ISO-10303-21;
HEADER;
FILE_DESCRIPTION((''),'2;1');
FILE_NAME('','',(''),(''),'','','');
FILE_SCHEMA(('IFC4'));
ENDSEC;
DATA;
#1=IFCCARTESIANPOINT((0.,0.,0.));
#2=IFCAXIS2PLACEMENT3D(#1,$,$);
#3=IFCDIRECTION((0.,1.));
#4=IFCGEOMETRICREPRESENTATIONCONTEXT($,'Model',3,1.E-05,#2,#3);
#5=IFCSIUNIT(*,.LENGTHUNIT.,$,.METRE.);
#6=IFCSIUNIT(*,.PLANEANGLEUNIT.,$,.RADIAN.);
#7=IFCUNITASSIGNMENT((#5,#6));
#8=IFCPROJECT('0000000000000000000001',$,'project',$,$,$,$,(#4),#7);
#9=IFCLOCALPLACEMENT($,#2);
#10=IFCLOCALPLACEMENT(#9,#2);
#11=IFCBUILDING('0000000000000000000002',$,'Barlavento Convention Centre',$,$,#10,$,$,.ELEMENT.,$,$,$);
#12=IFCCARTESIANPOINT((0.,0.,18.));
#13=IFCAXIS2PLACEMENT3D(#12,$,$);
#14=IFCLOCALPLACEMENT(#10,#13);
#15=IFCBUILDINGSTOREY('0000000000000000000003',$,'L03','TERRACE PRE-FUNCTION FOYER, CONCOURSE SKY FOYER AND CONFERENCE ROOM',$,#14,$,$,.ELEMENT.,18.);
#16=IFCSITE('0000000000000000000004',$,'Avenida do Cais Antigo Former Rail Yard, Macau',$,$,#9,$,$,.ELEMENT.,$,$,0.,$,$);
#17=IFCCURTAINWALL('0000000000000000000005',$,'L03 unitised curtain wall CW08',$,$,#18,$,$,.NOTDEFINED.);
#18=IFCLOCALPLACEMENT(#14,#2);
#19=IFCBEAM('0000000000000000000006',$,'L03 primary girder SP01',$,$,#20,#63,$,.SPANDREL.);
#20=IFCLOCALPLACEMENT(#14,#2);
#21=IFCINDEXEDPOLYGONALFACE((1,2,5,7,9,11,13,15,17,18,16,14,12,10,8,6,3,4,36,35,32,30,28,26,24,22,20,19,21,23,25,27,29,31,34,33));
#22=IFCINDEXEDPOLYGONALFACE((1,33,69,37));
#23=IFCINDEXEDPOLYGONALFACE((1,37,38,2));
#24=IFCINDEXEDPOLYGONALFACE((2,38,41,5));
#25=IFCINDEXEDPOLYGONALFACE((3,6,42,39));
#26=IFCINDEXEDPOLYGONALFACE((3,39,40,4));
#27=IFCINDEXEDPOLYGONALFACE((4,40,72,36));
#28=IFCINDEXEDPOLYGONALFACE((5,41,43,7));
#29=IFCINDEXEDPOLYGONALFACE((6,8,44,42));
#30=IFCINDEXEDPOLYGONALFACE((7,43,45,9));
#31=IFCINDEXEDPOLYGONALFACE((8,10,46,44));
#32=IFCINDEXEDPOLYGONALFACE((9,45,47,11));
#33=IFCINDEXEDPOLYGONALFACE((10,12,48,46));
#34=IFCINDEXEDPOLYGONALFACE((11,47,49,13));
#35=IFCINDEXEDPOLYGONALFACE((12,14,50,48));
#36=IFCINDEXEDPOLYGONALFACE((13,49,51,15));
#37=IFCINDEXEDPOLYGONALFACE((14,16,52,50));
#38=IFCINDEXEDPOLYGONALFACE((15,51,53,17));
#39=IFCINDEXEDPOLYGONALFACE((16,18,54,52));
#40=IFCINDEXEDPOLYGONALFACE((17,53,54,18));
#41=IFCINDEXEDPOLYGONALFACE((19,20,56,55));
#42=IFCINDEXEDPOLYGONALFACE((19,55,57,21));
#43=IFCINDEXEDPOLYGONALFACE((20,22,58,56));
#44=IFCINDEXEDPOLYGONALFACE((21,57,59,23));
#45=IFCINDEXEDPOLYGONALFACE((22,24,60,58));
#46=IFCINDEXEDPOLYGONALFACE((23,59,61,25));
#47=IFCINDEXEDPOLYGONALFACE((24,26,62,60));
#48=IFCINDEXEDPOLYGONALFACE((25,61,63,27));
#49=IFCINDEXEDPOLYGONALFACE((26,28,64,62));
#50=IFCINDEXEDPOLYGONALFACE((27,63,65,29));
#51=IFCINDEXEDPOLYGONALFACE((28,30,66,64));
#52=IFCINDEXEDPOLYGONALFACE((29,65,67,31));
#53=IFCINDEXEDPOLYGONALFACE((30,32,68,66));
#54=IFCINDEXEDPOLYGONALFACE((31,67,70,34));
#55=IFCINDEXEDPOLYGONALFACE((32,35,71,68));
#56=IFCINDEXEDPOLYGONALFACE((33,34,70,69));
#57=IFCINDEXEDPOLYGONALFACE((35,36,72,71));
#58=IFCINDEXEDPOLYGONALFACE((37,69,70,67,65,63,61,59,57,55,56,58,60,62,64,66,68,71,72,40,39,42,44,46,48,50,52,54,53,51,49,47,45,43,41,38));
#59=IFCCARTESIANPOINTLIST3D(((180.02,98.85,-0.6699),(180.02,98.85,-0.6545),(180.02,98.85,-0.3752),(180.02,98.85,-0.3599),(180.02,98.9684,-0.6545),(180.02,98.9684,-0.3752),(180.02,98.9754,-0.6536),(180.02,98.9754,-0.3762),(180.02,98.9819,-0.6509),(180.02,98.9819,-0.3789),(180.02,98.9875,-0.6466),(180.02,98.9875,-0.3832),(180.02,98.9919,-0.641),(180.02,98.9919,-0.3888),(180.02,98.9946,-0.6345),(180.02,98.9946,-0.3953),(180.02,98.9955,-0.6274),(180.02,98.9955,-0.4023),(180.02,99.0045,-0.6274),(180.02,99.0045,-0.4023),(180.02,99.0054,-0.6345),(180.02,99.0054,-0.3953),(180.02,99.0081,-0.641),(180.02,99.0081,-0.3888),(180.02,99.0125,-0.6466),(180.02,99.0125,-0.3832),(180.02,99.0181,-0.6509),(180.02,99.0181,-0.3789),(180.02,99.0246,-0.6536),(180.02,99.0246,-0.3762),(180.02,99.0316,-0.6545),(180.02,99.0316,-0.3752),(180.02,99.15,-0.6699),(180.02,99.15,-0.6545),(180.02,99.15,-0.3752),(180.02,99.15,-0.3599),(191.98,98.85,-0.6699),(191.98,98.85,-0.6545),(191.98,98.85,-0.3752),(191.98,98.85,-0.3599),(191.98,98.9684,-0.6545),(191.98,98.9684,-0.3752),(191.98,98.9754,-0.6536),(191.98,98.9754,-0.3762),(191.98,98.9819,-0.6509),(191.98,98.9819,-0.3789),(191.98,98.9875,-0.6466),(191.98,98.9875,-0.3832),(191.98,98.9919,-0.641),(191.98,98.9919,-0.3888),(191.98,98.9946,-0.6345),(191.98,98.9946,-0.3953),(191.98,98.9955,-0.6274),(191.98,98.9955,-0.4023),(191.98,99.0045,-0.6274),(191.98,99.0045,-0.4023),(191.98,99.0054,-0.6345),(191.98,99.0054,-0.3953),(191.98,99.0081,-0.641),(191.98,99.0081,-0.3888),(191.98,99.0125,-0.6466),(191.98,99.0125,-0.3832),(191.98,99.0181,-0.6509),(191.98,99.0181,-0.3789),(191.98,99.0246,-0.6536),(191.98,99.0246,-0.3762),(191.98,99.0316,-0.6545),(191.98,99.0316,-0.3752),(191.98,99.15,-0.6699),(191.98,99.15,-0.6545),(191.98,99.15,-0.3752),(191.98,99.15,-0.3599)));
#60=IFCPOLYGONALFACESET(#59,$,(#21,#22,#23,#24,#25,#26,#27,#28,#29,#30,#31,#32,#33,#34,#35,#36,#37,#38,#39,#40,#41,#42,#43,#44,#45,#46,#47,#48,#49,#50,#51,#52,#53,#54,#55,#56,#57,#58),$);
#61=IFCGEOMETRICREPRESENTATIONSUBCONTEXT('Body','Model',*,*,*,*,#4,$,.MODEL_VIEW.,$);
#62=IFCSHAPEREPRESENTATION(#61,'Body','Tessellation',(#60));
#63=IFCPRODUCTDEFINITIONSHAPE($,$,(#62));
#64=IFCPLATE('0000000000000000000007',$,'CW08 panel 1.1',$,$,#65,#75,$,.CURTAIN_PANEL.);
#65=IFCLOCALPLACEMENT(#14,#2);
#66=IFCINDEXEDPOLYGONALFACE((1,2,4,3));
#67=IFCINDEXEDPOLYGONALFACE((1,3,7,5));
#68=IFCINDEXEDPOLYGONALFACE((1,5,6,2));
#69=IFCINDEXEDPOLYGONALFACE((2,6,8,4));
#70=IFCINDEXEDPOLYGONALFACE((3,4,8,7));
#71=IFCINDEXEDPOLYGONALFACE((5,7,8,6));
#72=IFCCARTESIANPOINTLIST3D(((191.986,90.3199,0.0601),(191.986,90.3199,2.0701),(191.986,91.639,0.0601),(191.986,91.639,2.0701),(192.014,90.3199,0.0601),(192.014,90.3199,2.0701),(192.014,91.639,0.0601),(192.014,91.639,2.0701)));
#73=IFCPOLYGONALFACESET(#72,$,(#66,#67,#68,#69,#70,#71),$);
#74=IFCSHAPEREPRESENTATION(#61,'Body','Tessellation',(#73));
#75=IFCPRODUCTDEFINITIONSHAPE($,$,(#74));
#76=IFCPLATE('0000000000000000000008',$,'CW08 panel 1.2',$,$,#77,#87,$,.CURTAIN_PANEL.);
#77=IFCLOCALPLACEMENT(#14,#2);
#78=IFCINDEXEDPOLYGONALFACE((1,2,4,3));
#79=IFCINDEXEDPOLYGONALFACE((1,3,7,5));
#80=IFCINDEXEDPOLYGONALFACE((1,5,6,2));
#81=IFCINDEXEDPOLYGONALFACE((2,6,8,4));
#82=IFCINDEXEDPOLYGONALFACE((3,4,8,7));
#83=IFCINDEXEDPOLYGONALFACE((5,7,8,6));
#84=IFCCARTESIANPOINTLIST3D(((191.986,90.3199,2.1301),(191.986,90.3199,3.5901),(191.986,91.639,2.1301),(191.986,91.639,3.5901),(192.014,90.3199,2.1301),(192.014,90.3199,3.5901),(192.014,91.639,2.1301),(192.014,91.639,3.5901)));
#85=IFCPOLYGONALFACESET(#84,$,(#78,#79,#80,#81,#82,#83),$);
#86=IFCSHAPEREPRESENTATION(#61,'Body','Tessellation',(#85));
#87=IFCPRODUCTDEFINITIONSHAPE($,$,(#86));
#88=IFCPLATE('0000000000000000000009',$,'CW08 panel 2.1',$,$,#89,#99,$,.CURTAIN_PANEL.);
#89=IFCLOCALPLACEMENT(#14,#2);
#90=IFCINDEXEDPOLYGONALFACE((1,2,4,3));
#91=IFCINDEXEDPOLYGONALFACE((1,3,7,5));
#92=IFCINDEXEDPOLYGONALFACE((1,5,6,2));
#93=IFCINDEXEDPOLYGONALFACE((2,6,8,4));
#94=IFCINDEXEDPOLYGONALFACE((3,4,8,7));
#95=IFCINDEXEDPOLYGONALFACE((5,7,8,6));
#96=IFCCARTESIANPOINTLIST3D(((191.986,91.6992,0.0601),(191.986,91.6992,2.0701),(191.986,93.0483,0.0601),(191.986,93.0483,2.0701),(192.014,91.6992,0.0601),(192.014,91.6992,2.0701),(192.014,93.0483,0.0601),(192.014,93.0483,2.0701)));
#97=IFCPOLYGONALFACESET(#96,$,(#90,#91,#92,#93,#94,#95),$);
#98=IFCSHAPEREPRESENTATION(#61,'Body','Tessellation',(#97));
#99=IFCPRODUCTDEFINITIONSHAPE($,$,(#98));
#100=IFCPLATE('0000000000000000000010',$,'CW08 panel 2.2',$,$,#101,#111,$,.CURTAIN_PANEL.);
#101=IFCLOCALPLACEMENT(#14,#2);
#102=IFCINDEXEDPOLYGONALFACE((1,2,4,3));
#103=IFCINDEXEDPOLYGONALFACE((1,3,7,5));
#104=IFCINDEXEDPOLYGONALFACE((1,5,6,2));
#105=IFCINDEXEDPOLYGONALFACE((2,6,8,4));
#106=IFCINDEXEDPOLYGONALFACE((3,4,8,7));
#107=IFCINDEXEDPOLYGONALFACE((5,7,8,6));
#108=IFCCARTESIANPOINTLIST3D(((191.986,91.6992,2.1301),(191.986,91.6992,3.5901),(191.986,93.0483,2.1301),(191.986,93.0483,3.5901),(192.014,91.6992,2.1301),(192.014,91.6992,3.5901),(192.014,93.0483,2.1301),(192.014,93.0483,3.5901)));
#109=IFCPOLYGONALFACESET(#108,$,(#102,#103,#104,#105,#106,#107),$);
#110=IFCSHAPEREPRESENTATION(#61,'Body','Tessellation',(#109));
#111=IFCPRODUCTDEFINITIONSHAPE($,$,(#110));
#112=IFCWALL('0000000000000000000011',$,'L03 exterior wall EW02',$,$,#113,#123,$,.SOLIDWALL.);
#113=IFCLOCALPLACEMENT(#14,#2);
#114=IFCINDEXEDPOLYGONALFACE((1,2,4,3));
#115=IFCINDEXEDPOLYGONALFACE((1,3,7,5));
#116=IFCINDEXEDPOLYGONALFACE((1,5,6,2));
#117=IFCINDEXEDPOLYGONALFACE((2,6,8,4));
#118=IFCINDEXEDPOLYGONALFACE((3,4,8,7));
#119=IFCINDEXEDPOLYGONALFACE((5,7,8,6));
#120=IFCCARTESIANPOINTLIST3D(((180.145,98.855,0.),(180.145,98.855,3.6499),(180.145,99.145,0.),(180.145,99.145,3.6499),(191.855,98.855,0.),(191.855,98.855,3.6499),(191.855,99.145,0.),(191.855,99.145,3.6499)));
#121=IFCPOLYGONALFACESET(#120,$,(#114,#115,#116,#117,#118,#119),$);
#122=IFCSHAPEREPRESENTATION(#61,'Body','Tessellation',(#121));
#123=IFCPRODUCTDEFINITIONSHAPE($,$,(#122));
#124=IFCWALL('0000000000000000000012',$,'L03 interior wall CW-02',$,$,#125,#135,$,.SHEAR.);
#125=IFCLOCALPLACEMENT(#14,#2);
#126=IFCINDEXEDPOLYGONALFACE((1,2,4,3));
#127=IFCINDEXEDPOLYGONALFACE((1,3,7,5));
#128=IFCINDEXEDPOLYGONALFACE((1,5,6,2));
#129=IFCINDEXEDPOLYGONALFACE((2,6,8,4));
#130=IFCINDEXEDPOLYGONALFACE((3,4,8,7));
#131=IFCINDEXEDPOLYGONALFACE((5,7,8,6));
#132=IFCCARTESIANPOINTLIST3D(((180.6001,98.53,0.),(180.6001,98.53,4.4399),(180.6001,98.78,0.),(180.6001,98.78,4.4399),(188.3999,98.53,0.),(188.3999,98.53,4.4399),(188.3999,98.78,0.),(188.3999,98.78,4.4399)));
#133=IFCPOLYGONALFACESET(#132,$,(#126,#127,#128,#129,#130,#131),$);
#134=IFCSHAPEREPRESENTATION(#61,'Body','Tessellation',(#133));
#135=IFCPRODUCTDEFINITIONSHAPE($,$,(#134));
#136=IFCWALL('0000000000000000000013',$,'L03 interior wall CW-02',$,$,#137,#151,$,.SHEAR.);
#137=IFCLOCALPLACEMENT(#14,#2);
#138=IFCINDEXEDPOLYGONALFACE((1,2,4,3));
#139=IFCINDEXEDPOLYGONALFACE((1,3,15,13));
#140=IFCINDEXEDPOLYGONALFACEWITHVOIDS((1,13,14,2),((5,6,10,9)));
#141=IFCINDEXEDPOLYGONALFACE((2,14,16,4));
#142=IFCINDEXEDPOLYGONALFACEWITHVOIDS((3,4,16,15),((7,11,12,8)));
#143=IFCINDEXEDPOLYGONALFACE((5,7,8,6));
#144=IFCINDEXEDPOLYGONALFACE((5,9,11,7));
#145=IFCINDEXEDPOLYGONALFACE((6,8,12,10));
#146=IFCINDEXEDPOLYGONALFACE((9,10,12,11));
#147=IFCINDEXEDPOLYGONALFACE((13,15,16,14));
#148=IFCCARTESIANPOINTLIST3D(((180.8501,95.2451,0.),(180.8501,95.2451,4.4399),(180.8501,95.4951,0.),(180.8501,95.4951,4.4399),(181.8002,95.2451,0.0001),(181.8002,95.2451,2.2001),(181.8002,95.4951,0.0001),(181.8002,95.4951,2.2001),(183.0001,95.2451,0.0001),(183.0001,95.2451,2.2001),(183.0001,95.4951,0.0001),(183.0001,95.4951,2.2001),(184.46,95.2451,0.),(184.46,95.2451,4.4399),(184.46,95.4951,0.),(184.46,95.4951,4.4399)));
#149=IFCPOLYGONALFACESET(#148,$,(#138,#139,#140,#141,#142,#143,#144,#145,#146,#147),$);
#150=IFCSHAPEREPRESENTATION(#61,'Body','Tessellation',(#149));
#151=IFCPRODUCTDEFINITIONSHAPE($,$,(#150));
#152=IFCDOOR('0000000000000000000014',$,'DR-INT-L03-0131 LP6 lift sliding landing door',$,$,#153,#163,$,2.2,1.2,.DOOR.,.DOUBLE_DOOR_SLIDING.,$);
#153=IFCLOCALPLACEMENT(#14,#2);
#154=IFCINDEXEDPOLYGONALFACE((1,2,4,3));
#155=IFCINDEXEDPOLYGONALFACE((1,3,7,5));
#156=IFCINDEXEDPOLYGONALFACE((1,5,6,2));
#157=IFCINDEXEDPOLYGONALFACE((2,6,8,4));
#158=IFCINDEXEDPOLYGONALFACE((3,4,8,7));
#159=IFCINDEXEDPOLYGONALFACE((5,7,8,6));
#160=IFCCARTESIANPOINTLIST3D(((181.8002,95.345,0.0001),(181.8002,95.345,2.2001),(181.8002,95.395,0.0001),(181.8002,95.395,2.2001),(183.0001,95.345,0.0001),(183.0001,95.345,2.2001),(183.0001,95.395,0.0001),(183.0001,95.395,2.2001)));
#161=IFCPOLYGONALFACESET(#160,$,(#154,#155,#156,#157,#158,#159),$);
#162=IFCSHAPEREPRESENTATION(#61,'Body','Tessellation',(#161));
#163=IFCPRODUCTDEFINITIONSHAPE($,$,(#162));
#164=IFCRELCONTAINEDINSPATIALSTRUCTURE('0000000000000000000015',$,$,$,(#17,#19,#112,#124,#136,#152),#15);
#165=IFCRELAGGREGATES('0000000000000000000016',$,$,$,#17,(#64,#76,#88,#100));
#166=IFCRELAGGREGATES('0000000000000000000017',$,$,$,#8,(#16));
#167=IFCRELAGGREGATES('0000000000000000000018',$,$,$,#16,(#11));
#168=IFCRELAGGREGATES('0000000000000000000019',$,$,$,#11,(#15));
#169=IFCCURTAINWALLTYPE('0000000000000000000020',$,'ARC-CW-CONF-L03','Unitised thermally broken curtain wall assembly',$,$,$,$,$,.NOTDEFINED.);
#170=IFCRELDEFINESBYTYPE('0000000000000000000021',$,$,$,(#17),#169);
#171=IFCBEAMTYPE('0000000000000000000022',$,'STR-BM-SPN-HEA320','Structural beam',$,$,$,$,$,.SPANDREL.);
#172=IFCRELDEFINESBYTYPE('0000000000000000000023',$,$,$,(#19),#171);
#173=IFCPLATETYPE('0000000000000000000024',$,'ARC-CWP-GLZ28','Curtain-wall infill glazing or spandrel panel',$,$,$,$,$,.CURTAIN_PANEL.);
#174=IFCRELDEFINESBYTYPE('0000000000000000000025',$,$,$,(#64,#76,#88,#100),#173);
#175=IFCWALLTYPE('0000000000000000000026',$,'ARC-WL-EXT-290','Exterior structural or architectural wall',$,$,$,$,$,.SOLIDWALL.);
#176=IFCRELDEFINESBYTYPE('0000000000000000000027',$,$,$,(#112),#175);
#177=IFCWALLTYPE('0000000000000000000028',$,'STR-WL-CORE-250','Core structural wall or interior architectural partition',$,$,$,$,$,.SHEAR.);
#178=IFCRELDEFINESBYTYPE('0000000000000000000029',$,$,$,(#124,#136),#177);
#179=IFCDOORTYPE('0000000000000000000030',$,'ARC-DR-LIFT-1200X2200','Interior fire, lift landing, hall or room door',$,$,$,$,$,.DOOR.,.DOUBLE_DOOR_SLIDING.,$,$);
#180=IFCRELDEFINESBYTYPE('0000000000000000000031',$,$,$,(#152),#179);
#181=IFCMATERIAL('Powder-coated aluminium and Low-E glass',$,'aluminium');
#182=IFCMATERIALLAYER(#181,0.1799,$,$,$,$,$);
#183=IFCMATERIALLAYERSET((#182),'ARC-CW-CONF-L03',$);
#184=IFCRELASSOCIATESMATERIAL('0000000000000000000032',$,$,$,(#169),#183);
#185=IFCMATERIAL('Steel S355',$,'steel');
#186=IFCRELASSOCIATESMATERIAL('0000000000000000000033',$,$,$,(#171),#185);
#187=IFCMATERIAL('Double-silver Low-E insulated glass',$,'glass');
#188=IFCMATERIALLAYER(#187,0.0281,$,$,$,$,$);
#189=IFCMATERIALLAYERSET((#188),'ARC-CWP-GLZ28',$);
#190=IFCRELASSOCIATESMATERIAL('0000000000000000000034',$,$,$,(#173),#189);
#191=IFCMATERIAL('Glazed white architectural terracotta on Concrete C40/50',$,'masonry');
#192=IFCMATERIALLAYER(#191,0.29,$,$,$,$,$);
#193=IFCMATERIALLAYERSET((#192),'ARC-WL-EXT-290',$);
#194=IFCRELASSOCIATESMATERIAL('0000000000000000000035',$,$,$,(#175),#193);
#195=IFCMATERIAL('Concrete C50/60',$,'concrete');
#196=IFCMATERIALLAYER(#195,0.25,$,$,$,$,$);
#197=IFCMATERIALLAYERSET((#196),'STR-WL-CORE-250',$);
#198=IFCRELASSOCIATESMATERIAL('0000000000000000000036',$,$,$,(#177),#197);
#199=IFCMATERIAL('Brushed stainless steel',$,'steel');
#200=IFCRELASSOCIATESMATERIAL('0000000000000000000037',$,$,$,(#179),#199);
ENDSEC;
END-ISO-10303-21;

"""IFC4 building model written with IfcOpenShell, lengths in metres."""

from ifc_helpers import new_model, si_unit, direction, frame, frame_2d, origin, origin_2d, place, context, subcontext, project, spatial, rectangle, i_section, extrude, material, layer, layer_set, material_profile, profile_set, type_object, element, fill, aggregate, save


model = new_model("IFC4")

# Units and contexts
model_context = context("Model", 3, precision=1e-05, world=origin(), true_north=direction((0.0, 1.0)))
body_context = subcontext(model_context, "Body", "Model", "MODEL_VIEW")
ifc_project = project(units=[si_unit("LENGTHUNIT", "METRE"), si_unit("PLANEANGLEUNIT", "RADIAN")], contexts=[model_context])

# Site, building, storey
site_placement = place(None, origin())
site = spatial("IfcSite", under=ifc_project, at=site_placement, Name="Avenida do Cais Antigo Former Rail Yard, Macau", CompositionType="ELEMENT", RefElevation=0.0)
building_placement = place(site_placement, origin())
building = spatial("IfcBuilding", under=site, at=building_placement, Name="Barlavento Convention Centre", CompositionType="ELEMENT")
storey_placement = place(building_placement, frame((0.0, 0.0, 18.0)))
storey = spatial("IfcBuildingStorey", under=building, at=storey_placement, Name="L03", Description="TERRACE PRE-FUNCTION FOYER, CONCOURSE SKY FOYER AND CONFERENCE ROOM", CompositionType="ELEMENT", Elevation=18.0)

# Shared definitions
ifc_material_1 = material(Name="Steel S355", Category="steel")

# Curtain wall
ifc_material_2 = material(Name="Powder-coated aluminium and Low-E glass", Category="aluminium")
ifc_layer_1 = layer(ifc_material_2, 0.1799)
ifc_layer_set_1 = layer_set([ifc_layer_1], Name="ARC-CW-CONF-L03")
curtain_wall_type = type_object("IfcCurtainWallType", Name="ARC-CW-CONF-L03", Description="Unitised thermally broken curtain wall assembly", PredefinedType="NOTDEFINED", material=ifc_layer_set_1)
curtain_wall_1_placement = place(storey_placement, origin())
curtain_wall_1 = element("IfcCurtainWall", 1, at=curtain_wall_1_placement, inside=storey, type_object=curtain_wall_type, Name="L03 unitised curtain wall CW08", PredefinedType="NOTDEFINED")

# Beam
ifc_material_profile_1 = material_profile(ifc_material_1, i_section(OverallWidth=0.3, OverallDepth=0.3101, WebThickness=0.009, FlangeThickness=0.0154, FilletRadius=0.0271, at=origin_2d()), Name="HEA 320")
ifc_profile_set_1 = profile_set([ifc_material_profile_1], Name="Steel S355")
beam_type = type_object("IfcBeamType", Name="STR-BM-SPN-HEA320", Description="Structural beam", PredefinedType="SPANDREL", material=ifc_profile_set_1)
beam_placement = place(storey_placement, frame((180.02, 99.0, -0.5149), z_axis=(1.0, 0.0, 0.0), x_axis=(0.0, 1.0, 0.0)))
element("IfcBeam", 2, at=beam_placement, inside=storey, type_object=beam_type, Name="L03 primary girder SP01", PredefinedType="SPANDREL", context=body_context, shape_type="SweptSolid", body=[
    extrude(i_section(OverallWidth=0.3, OverallDepth=0.3101, WebThickness=0.009, FlangeThickness=0.0154, FilletRadius=0.0271, at=origin_2d()), origin(), (0.0, 0.0, 1.0), 11.96),
])

# Plates
ifc_material_3 = material(Name="Double-silver Low-E insulated glass", Category="glass")
ifc_layer_2 = layer(ifc_material_3, 0.0281)
ifc_layer_set_2 = layer_set([ifc_layer_2], Name="ARC-CWP-GLZ28")
plate_type = type_object("IfcPlateType", Name="ARC-CWP-GLZ28", Description="Curtain-wall infill glazing or spandrel panel", PredefinedType="CURTAIN_PANEL", material=ifc_layer_set_2)
plate_1_placement = place(storey_placement, frame((192.0, 90.9795, 0.0601), z_axis=(0.0, 0.0, 1.0), x_axis=(0.0, 1.0, 0.0)))
plate_1 = element("IfcPlate", 3, at=plate_1_placement, type_object=plate_type, Name="CW08 panel 1.1", PredefinedType="CURTAIN_PANEL", context=body_context, shape_type="SweptSolid", body=[
    extrude(rectangle(XDim=1.3191, YDim=0.0281, at=origin_2d()), origin(), (0.0, 0.0, 1.0), 2.01),
])
plate_2_placement = place(storey_placement, frame((192.0, 90.9795, 2.1301), z_axis=(0.0, 0.0, 1.0), x_axis=(0.0, 1.0, 0.0)))
plate_2 = element("IfcPlate", 4, at=plate_2_placement, type_object=plate_type, Name="CW08 panel 1.2", PredefinedType="CURTAIN_PANEL", context=body_context, shape_type="SweptSolid", body=[
    extrude(rectangle(XDim=1.3191, YDim=0.0281, at=origin_2d()), origin(), (0.0, 0.0, 1.0), 1.46),
])
plate_3_placement = place(storey_placement, frame((192.0, 92.3738, 0.0601), z_axis=(0.0, 0.0, 1.0), x_axis=(0.0, 1.0, 0.0)))
plate_3 = element("IfcPlate", 5, at=plate_3_placement, type_object=plate_type, Name="CW08 panel 2.1", PredefinedType="CURTAIN_PANEL", context=body_context, shape_type="SweptSolid", body=[
    extrude(rectangle(XDim=1.3491, YDim=0.0281, at=origin_2d()), origin(), (0.0, 0.0, 1.0), 2.01),
])
plate_4_placement = place(storey_placement, frame((192.0, 92.3738, 2.1301), z_axis=(0.0, 0.0, 1.0), x_axis=(0.0, 1.0, 0.0)))
plate_4 = element("IfcPlate", 6, at=plate_4_placement, type_object=plate_type, Name="CW08 panel 2.2", PredefinedType="CURTAIN_PANEL", context=body_context, shape_type="SweptSolid", body=[
    extrude(rectangle(XDim=1.3491, YDim=0.0281, at=origin_2d()), origin(), (0.0, 0.0, 1.0), 1.46),
])
aggregate(curtain_wall_1, [plate_1, plate_2, plate_3, plate_4])

# Walls
ifc_material_4 = material(Name="Glazed white architectural terracotta on Concrete C40/50", Category="masonry")
ifc_layer_3 = layer(ifc_material_4, 0.29)
ifc_layer_set_3 = layer_set([ifc_layer_3], Name="ARC-WL-EXT-290")
wall_type_1 = type_object("IfcWallType", Name="ARC-WL-EXT-290", Description="Exterior structural or architectural wall", PredefinedType="SOLIDWALL", material=ifc_layer_set_3)
wall_1_placement = place(storey_placement, frame((180.145, 99.0, 0.0), z_axis=(0.0, 0.0, 1.0), x_axis=(1.0, 0.0, 0.0)))
element("IfcWall", 7, at=wall_1_placement, inside=storey, type_object=wall_type_1, Name="L03 exterior wall EW02", PredefinedType="SOLIDWALL", context=body_context, shape_type="SweptSolid", body=[
    extrude(rectangle(XDim=11.71, YDim=0.29, at=frame_2d((5.855, 0.0))), origin(), (0.0, 0.0, 1.0), 3.6499),
])
ifc_material_5 = material(Name="Concrete C50/60", Category="concrete")
ifc_layer_4 = layer(ifc_material_5, 0.25)
ifc_layer_set_4 = layer_set([ifc_layer_4], Name="STR-WL-CORE-250")
wall_type_2 = type_object("IfcWallType", Name="STR-WL-CORE-250", Description="Core structural wall or interior architectural partition", PredefinedType="SHEAR", material=ifc_layer_set_4)
wall_2_placement = place(storey_placement, frame((180.6001, 98.655, 0.0), z_axis=(0.0, 0.0, 1.0), x_axis=(1.0, 0.0, 0.0)))
element("IfcWall", 8, at=wall_2_placement, inside=storey, type_object=wall_type_2, Name="L03 interior wall CW-02", PredefinedType="SHEAR", context=body_context, shape_type="SweptSolid", body=[
    extrude(rectangle(XDim=7.7998, YDim=0.25, at=frame_2d((3.8999, 0.0))), origin(), (0.0, 0.0, 1.0), 4.4399),
])

# Wall, opening, door
wall_3_placement = place(storey_placement, frame((180.8501, 95.3701, 0.0), z_axis=(0.0, 0.0, 1.0), x_axis=(1.0, 0.0, 0.0)))
wall_3 = element("IfcWall", 9, at=wall_3_placement, inside=storey, type_object=wall_type_2, Name="L03 interior wall CW-02", PredefinedType="SHEAR", context=body_context, shape_type="SweptSolid", body=[
    extrude(rectangle(XDim=3.6099, YDim=0.25, at=frame_2d((1.8049, 0.0))), origin(), (0.0, 0.0, 1.0), 4.4399),
])
opening_placement = place(wall_3_placement, frame((0.95, 0.0, 0.0)))
opening = element("IfcOpeningElement", 10, at=opening_placement, cuts=wall_3, PredefinedType="OPENING", context=body_context, shape_type="SweptSolid", body=[
    extrude(rectangle(XDim=1.2, YDim=2.2, at=frame_2d((0.6001, 1.1001))), frame((0.0, 0.135, 0.0), z_axis=(0.0, -1.0, 0.0), x_axis=(1.0, 0.0, 0.0)), (0.0, 0.0, 1.0), 0.27),
])
ifc_material_6 = material(Name="Brushed stainless steel", Category="steel")
door_type = type_object("IfcDoorType", Name="ARC-DR-LIFT-1200X2200", Description="Interior fire, lift landing, hall or room door", OperationType="DOUBLE_DOOR_SLIDING", PredefinedType="DOOR", material=ifc_material_6)
door_placement = place(opening_placement, origin())
door = element("IfcDoor", 11, at=door_placement, inside=storey, type_object=door_type, Name="DR-INT-L03-0131 LP6 lift sliding landing door", OperationType="DOUBLE_DOOR_SLIDING", OverallHeight=2.2, OverallWidth=1.2, PredefinedType="DOOR", context=body_context, shape_type="SweptSolid", body=[
    extrude(rectangle(XDim=1.2, YDim=2.2, at=frame_2d((0.6001, 1.1001))), frame((0.0, 0.0249, 0.0), z_axis=(0.0, -1.0, 0.0), x_axis=(1.0, 0.0, 0.0)), (0.0, 0.0, 1.0), 0.05),
])
fill(opening, door)

save(model, "model.ifc")
